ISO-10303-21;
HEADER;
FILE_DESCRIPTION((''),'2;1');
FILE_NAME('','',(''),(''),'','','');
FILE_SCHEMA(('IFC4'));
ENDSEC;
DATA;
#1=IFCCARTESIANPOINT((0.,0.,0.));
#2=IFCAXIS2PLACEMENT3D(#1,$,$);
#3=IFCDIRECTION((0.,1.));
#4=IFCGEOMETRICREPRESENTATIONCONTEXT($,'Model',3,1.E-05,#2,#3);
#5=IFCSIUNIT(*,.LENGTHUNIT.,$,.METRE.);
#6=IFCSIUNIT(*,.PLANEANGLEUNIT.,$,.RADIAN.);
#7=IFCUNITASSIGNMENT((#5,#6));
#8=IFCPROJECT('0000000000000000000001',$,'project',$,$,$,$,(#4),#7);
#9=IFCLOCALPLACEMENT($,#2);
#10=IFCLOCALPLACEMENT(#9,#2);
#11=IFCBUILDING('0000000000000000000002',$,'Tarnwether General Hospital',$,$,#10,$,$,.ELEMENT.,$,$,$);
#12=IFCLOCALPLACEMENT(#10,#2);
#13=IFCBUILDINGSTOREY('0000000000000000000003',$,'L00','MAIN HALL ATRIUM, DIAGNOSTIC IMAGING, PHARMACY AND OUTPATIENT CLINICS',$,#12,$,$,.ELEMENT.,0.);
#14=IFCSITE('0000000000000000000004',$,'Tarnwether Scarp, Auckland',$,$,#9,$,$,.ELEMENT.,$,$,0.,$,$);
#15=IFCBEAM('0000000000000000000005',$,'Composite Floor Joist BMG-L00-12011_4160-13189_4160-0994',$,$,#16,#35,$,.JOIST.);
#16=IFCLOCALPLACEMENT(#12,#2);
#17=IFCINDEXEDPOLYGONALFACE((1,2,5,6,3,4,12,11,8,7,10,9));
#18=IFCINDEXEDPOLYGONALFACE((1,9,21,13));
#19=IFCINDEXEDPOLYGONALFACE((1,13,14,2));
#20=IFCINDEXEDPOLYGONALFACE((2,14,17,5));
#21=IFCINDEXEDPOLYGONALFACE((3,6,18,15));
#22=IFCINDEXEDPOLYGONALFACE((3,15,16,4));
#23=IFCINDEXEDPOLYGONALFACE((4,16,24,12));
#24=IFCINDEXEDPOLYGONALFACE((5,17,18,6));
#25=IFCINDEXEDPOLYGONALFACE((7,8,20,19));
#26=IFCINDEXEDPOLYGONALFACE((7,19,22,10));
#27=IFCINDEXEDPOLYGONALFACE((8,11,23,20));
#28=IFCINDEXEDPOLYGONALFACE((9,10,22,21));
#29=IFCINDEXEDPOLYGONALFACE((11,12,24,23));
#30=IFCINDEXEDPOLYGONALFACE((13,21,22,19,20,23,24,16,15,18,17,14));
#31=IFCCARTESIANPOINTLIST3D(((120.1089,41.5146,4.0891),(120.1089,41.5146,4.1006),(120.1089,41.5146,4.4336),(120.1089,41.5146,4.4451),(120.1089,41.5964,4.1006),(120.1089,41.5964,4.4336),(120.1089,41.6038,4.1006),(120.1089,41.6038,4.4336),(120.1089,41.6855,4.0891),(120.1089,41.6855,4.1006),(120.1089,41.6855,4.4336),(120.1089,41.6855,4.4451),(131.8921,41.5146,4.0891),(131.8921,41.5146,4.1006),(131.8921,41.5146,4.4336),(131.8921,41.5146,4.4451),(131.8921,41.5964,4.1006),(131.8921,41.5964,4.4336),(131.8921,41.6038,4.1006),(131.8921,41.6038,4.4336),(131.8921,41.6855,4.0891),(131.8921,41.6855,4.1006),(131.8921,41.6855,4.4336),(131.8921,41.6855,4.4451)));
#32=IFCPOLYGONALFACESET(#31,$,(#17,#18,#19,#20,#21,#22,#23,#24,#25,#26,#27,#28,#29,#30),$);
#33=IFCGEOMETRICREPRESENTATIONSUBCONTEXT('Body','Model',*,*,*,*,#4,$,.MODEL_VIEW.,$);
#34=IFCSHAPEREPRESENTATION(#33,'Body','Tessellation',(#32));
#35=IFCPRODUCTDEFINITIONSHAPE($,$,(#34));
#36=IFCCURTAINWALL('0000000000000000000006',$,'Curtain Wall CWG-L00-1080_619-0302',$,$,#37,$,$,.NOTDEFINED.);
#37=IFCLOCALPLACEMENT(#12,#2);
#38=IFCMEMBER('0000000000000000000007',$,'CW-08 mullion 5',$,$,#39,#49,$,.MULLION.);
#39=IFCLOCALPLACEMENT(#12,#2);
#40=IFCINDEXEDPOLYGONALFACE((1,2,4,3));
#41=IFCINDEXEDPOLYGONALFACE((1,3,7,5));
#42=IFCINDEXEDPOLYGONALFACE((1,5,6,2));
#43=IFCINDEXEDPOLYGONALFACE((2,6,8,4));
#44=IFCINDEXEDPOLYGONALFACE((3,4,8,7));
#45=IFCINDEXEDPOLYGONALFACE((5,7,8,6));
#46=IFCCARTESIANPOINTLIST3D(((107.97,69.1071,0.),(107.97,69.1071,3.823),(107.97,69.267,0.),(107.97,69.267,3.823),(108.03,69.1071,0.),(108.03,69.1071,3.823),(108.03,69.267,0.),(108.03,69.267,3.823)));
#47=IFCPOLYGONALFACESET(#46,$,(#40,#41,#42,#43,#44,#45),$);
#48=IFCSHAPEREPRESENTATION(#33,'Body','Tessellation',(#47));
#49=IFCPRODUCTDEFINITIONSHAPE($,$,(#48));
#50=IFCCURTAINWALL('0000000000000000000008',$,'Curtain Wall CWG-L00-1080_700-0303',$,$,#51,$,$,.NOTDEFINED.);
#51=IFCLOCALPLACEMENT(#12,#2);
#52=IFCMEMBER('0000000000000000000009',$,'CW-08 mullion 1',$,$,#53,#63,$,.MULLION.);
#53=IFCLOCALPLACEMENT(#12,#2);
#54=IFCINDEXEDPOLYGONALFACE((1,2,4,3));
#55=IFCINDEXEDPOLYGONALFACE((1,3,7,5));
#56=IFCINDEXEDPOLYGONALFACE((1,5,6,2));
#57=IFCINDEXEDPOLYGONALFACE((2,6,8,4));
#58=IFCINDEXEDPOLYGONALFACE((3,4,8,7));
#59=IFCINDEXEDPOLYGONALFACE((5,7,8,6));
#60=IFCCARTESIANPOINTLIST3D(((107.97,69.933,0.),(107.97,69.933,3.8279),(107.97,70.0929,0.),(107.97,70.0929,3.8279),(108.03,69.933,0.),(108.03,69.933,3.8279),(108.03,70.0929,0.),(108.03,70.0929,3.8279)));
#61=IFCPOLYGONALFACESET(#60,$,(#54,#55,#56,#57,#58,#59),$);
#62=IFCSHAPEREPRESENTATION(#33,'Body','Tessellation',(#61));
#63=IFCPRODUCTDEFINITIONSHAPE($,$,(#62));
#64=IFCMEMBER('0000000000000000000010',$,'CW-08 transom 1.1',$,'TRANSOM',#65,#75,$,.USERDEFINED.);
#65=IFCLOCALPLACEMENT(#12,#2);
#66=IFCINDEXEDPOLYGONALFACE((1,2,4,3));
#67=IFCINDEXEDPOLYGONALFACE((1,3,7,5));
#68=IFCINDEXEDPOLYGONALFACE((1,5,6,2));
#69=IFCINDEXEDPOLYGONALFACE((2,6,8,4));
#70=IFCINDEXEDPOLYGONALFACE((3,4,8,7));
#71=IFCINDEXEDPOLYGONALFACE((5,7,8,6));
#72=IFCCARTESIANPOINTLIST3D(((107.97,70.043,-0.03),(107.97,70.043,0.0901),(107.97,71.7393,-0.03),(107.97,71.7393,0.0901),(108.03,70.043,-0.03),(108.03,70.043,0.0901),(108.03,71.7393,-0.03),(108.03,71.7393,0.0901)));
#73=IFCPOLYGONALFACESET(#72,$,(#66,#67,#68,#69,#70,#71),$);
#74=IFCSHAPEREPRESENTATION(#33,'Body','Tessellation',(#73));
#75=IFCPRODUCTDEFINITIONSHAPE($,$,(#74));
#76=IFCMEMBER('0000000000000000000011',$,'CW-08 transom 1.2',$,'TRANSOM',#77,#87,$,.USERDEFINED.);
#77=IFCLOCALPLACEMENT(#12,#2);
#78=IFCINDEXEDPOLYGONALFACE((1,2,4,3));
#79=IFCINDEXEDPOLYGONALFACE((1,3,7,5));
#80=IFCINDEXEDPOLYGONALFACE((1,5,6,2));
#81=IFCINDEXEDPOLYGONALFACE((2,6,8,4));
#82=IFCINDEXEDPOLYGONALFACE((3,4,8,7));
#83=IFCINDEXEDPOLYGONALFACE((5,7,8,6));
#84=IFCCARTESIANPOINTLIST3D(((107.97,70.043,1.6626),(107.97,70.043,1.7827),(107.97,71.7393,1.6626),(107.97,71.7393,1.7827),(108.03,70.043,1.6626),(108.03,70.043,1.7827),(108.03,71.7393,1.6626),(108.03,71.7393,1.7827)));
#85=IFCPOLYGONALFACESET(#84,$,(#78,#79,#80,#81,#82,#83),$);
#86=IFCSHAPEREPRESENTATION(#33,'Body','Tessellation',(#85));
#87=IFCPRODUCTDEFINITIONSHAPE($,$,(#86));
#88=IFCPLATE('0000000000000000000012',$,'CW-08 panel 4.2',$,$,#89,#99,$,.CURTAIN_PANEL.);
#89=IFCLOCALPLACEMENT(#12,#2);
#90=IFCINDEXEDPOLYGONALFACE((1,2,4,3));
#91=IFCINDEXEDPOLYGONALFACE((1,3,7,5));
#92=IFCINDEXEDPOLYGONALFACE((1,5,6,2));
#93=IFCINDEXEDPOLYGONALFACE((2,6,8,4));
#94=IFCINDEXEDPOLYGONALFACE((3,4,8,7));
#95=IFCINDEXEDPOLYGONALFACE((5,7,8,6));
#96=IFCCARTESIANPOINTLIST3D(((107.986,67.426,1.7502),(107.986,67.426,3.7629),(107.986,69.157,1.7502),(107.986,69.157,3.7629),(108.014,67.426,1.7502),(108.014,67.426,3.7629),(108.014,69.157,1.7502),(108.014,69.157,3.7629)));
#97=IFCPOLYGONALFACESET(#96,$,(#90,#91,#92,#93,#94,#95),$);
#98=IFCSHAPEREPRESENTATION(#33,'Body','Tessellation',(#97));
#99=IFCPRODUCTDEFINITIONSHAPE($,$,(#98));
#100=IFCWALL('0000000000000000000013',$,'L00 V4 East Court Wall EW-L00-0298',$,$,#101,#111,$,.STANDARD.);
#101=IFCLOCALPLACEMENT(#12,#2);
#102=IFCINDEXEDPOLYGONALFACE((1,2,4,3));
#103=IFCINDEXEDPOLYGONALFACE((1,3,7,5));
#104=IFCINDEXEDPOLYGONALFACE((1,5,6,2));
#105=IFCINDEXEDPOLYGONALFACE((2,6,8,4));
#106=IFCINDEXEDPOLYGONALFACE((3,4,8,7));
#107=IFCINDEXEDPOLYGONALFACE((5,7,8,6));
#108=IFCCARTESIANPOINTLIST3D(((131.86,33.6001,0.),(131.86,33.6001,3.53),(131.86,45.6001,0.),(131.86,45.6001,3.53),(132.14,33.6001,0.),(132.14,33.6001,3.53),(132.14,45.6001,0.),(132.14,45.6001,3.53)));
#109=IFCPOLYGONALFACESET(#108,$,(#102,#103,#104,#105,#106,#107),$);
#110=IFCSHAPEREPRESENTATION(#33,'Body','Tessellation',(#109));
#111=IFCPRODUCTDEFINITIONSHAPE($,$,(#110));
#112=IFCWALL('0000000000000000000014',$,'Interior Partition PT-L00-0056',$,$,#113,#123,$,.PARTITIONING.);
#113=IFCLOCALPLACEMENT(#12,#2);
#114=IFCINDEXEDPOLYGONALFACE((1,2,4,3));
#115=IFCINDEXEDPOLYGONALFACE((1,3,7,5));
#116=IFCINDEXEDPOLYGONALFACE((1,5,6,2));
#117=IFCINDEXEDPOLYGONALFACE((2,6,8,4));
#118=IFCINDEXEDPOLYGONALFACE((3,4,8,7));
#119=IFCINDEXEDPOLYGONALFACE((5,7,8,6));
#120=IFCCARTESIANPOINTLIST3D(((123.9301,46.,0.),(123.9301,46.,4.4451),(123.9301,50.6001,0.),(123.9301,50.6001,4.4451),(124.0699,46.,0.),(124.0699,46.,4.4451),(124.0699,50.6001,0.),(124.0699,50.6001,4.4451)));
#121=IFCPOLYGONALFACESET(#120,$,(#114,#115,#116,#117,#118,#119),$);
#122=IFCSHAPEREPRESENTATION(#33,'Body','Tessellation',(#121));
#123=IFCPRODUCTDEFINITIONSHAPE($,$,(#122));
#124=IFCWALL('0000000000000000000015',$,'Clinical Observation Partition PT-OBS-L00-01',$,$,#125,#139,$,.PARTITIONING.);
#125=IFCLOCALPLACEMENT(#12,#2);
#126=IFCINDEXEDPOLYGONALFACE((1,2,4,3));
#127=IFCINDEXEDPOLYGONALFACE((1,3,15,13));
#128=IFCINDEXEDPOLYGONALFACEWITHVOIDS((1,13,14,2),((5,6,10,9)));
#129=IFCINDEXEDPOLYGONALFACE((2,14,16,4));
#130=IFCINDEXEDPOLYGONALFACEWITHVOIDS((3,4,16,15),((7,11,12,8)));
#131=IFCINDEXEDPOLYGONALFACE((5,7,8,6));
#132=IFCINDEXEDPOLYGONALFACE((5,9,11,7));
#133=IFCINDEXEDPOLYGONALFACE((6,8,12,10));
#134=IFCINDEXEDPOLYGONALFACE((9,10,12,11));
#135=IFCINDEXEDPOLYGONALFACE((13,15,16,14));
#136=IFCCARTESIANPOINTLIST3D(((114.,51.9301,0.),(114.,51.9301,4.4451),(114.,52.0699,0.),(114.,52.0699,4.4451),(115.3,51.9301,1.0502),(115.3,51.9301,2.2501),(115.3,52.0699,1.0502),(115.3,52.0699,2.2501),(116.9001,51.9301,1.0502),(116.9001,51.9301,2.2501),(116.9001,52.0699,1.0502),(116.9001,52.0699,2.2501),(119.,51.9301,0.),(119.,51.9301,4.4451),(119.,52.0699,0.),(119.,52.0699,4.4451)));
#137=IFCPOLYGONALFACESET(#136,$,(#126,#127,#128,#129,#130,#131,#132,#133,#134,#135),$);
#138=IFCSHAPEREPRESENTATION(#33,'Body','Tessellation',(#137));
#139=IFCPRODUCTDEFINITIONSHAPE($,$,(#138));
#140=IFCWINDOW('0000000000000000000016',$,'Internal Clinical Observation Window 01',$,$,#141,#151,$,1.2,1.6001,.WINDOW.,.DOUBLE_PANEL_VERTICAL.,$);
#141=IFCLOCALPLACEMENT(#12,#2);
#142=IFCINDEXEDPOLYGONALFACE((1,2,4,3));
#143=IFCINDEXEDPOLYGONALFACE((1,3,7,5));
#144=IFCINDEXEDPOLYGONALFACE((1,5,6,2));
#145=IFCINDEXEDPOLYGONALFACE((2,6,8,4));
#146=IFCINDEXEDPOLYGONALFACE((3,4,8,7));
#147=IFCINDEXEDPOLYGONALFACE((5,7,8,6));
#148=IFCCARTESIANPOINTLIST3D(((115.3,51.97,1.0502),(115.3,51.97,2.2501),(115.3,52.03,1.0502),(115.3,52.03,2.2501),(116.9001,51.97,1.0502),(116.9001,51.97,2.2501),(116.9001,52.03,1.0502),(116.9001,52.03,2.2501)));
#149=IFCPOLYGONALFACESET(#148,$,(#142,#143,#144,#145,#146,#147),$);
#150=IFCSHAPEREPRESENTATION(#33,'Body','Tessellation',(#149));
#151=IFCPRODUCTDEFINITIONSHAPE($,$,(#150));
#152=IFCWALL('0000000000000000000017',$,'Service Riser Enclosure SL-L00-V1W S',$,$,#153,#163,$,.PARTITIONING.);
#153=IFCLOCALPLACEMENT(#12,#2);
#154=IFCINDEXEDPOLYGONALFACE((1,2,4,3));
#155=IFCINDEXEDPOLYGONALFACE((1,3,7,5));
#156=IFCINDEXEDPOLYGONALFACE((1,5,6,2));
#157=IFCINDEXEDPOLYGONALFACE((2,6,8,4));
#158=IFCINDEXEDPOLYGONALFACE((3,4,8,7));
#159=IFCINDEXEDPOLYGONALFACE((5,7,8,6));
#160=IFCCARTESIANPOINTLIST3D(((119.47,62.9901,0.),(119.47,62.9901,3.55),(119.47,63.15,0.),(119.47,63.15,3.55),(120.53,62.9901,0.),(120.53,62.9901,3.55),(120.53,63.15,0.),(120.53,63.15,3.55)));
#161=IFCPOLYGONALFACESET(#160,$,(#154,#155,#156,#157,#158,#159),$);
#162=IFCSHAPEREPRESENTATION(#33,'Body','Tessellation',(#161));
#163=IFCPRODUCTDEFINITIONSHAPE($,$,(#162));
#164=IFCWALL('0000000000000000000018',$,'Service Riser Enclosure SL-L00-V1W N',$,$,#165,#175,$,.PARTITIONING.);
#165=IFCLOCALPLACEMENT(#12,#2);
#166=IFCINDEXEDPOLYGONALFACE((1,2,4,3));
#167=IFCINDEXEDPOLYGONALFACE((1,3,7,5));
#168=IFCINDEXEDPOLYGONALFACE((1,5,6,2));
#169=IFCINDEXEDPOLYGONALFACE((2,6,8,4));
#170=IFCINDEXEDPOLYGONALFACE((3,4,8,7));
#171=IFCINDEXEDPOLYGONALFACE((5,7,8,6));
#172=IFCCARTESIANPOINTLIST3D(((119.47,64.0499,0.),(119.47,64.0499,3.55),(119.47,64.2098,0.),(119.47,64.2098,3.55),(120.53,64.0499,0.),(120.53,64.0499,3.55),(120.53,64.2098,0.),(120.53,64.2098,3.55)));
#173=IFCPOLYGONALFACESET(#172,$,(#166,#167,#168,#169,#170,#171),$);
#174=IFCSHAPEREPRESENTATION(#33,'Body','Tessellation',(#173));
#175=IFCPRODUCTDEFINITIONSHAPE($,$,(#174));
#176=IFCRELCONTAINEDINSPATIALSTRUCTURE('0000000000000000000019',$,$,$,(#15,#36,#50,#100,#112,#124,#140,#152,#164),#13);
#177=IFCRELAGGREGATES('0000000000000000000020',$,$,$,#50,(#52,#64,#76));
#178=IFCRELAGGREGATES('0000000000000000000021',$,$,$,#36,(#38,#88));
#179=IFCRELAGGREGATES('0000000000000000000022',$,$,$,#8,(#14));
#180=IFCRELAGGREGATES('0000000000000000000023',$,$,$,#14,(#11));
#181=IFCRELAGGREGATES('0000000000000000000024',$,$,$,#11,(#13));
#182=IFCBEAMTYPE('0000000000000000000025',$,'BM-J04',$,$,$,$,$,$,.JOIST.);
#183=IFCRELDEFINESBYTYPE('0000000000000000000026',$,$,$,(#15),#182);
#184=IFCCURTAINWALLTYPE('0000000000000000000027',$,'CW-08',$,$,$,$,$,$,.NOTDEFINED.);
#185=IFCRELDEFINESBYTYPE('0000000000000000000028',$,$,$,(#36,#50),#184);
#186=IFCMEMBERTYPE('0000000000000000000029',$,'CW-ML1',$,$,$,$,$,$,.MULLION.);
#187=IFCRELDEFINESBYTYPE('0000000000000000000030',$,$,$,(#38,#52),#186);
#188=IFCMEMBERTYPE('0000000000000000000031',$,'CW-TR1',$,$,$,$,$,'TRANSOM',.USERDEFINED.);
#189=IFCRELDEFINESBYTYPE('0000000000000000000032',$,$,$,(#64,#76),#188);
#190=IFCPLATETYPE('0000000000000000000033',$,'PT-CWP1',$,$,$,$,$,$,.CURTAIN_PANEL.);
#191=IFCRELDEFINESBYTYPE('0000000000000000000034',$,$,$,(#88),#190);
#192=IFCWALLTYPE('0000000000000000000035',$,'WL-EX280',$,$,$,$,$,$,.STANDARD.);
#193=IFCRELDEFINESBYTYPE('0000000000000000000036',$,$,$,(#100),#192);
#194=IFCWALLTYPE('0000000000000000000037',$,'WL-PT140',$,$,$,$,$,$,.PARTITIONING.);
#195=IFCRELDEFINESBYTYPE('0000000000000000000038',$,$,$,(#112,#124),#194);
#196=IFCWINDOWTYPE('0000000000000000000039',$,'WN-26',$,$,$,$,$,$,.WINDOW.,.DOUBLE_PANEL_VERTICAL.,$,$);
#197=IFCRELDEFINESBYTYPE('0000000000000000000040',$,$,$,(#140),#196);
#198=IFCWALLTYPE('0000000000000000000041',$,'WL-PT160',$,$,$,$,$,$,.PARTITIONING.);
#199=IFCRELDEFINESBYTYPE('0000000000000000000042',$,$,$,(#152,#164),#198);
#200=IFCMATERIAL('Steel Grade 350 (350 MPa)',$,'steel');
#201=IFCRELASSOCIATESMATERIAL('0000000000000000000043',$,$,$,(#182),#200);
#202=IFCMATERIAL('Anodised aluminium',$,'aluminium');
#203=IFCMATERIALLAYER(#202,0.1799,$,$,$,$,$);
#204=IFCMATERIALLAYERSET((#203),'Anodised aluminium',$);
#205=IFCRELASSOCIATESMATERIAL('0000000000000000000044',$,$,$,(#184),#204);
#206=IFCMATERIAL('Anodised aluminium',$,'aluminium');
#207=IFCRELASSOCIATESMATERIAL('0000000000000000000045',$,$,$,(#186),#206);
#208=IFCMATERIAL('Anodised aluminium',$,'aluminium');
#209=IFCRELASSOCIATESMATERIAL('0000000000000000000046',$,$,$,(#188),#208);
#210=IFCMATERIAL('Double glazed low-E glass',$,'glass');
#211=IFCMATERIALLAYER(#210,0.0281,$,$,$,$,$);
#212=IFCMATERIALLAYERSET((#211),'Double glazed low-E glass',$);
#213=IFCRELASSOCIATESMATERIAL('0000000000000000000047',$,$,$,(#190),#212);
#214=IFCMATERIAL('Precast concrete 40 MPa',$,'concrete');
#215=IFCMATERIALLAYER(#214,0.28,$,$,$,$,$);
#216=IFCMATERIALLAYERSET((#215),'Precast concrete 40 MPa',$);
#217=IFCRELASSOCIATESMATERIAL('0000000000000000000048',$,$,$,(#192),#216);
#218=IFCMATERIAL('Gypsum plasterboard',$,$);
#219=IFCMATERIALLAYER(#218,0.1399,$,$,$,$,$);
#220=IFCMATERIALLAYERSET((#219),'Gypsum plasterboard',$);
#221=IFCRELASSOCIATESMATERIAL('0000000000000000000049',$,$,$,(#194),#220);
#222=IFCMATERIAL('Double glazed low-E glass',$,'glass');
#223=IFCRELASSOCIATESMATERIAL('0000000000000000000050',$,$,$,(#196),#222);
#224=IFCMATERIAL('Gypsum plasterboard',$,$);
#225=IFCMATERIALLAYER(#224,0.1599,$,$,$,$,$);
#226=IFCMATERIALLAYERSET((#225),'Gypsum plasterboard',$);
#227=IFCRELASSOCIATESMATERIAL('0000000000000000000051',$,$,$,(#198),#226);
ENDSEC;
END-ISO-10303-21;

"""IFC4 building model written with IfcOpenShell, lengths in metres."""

from ifc_helpers import new_model, si_unit, direction, frame, frame_2d, origin, origin_2d, place, context, subcontext, project, spatial, rectangle, i_section, extrude, material, layer, layer_set, material_profile, profile_set, type_object, element, fill, aggregate, save


model = new_model("IFC4")

# Units and contexts
model_context = context("Model", 3, precision=1e-05, world=origin(), true_north=direction((0.0, 1.0)))
body_context = subcontext(model_context, "Body", "Model", "MODEL_VIEW")
ifc_project = project(units=[si_unit("LENGTHUNIT", "METRE"), si_unit("PLANEANGLEUNIT", "RADIAN")], contexts=[model_context])

# Site, building, storey
site_placement = place(None, origin())
site = spatial("IfcSite", under=ifc_project, at=site_placement, Name="Tarnwether Scarp, Auckland", CompositionType="ELEMENT", RefElevation=0.0)
building_placement = place(site_placement, origin())
building = spatial("IfcBuilding", under=site, at=building_placement, Name="Tarnwether General Hospital", CompositionType="ELEMENT")
storey_placement = place(building_placement, origin())
storey = spatial("IfcBuildingStorey", under=building, at=storey_placement, Name="L00", Description="MAIN HALL ATRIUM, DIAGNOSTIC IMAGING, PHARMACY AND OUTPATIENT CLINICS", CompositionType="ELEMENT", Elevation=0.0)

# Beam
ifc_material_1 = material(Name="Steel Grade 350 (350 MPa)", Category="steel")
ifc_material_profile_1 = material_profile(ifc_material_1, i_section(OverallWidth=0.1709, OverallDepth=0.356, WebThickness=0.0073, FlangeThickness=0.0115, at=origin_2d()), Name="360UB50.7")
ifc_profile_set_1 = profile_set([ifc_material_profile_1], Name="Steel Grade 350 (350 MPa)")
beam_type_1 = type_object("IfcBeamType", Name="BM-J04", PredefinedType="JOIST", material=ifc_profile_set_1)
beam_1_placement = place(storey_placement, frame((120.1089, 41.6001, 4.2671), z_axis=(1.0, 0.0, 0.0), x_axis=(0.0, 1.0, 0.0)))
element("IfcBeam", 1, at=beam_1_placement, inside=storey, type_object=beam_type_1, Name="Composite Floor Joist BMG-L00-12011_4160-13189_4160-0994", PredefinedType="JOIST", context=body_context, shape_type="SweptSolid", body=[
    extrude(i_section(OverallWidth=0.1709, OverallDepth=0.356, WebThickness=0.0073, FlangeThickness=0.0115, at=origin_2d()), origin(), (0.0, 0.0, 1.0), 11.7832),
])

# Curtain wall, member
ifc_material_2 = material(Name="Anodised aluminium", Category="aluminium")
ifc_layer_1 = layer(ifc_material_2, 0.1799)
ifc_layer_set_1 = layer_set([ifc_layer_1], Name="Anodised aluminium")
curtain_wall_type = type_object("IfcCurtainWallType", Name="CW-08", PredefinedType="NOTDEFINED", material=ifc_layer_set_1)
curtain_wall_1_placement = place(storey_placement, origin())
curtain_wall_1 = element("IfcCurtainWall", 2, at=curtain_wall_1_placement, inside=storey, type_object=curtain_wall_type, Name="Curtain Wall CWG-L00-1080_619-0302", PredefinedType="NOTDEFINED")
ifc_material_3 = material(Name="Anodised aluminium", Category="aluminium")
ifc_material_profile_2 = material_profile(ifc_material_3, rectangle(XDim=0.0601, YDim=0.1599, at=origin_2d()), Name="ALU-MUL-60x160")
ifc_profile_set_2 = profile_set([ifc_material_profile_2], Name="Anodised aluminium")
member_type_1 = type_object("IfcMemberType", Name="CW-ML1", PredefinedType="MULLION", material=ifc_profile_set_2)
member_1_placement = place(storey_placement, frame((108.0, 69.187, 0.0), z_axis=(0.0, 0.0, 1.0), x_axis=(-1.0, 0.0, 0.0)))
member_1 = element("IfcMember", 3, at=member_1_placement, type_object=member_type_1, Name="CW-08 mullion 5", PredefinedType="MULLION", context=body_context, shape_type="SweptSolid", body=[
    extrude(rectangle(XDim=0.0601, YDim=0.1599, at=origin_2d()), origin(), (0.0, 0.0, 1.0), 3.823),
])

# Curtain wall, members
curtain_wall_2_placement = place(storey_placement, origin())
curtain_wall_2 = element("IfcCurtainWall", 4, at=curtain_wall_2_placement, inside=storey, type_object=curtain_wall_type, Name="Curtain Wall CWG-L00-1080_700-0303", PredefinedType="NOTDEFINED")
member_2_placement = place(storey_placement, frame((108.0, 70.0129, 0.0), z_axis=(0.0, 0.0, 1.0), x_axis=(-1.0, 0.0, 0.0)))
member_2 = element("IfcMember", 5, at=member_2_placement, type_object=member_type_1, Name="CW-08 mullion 1", PredefinedType="MULLION", context=body_context, shape_type="SweptSolid", body=[
    extrude(rectangle(XDim=0.0601, YDim=0.1599, at=origin_2d()), origin(), (0.0, 0.0, 1.0), 3.8279),
])
ifc_material_4 = material(Name="Anodised aluminium", Category="aluminium")
ifc_material_profile_3 = material_profile(ifc_material_4, rectangle(XDim=0.0601, YDim=0.1201, at=origin_2d()), Name="ALU-TRN-60x120")
ifc_profile_set_3 = profile_set([ifc_material_profile_3], Name="Anodised aluminium")
member_type_2 = type_object("IfcMemberType", Name="CW-TR1", ElementType="TRANSOM", PredefinedType="USERDEFINED", material=ifc_profile_set_3)
member_3_placement = place(storey_placement, frame((108.0, 70.043, 0.03), z_axis=(0.0, 1.0, 0.0), x_axis=(-1.0, 0.0, 0.0)))
member_3 = element("IfcMember", 6, at=member_3_placement, type_object=member_type_2, Name="CW-08 transom 1.1", ObjectType="TRANSOM", PredefinedType="USERDEFINED", context=body_context, shape_type="SweptSolid", body=[
    extrude(rectangle(XDim=0.0601, YDim=0.1201, at=origin_2d()), origin(), (0.0, 0.0, 1.0), 1.6963),
])
member_4_placement = place(storey_placement, frame((108.0, 70.043, 1.7227), z_axis=(0.0, 1.0, 0.0), x_axis=(-1.0, 0.0, 0.0)))
member_4 = element("IfcMember", 7, at=member_4_placement, type_object=member_type_2, Name="CW-08 transom 1.2", ObjectType="TRANSOM", PredefinedType="USERDEFINED", context=body_context, shape_type="SweptSolid", body=[
    extrude(rectangle(XDim=0.0601, YDim=0.1201, at=origin_2d()), origin(), (0.0, 0.0, 1.0), 1.6963),
])
aggregate(curtain_wall_2, [member_2, member_3, member_4])

# Plate
ifc_material_5 = material(Name="Double glazed low-E glass", Category="glass")
ifc_layer_2 = layer(ifc_material_5, 0.0281)
ifc_layer_set_2 = layer_set([ifc_layer_2], Name="Double glazed low-E glass")
plate_type = type_object("IfcPlateType", Name="PT-CWP1", PredefinedType="CURTAIN_PANEL", material=ifc_layer_set_2)
plate_placement = place(storey_placement, frame((108.0, 68.2915, 1.7502), z_axis=(0.0, 0.0, 1.0), x_axis=(0.0, 1.0, 0.0)))
plate = element("IfcPlate", 8, at=plate_placement, type_object=plate_type, Name="CW-08 panel 4.2", PredefinedType="CURTAIN_PANEL", context=body_context, shape_type="SweptSolid", body=[
    extrude(rectangle(XDim=1.731, YDim=0.0281, at=origin_2d()), origin(), (0.0, 0.0, 1.0), 2.0127),
])
aggregate(curtain_wall_1, [member_1, plate])

# Walls
ifc_material_6 = material(Name="Precast concrete 40 MPa", Category="concrete")
ifc_layer_3 = layer(ifc_material_6, 0.28)
ifc_layer_set_3 = layer_set([ifc_layer_3], Name="Precast concrete 40 MPa")
wall_type_1 = type_object("IfcWallType", Name="WL-EX280", PredefinedType="STANDARD", material=ifc_layer_set_3)
wall_1_placement = place(storey_placement, frame((132.0, 45.6001, 0.0), z_axis=(0.0, 0.0, 1.0), x_axis=(0.0, -1.0, 0.0)))
element("IfcWall", 9, at=wall_1_placement, inside=storey, type_object=wall_type_1, Name="L00 V4 East Court Wall EW-L00-0298", PredefinedType="STANDARD", context=body_context, shape_type="SweptSolid", body=[
    extrude(rectangle(XDim=12.0, YDim=0.28, at=frame_2d((6.0, 0.0))), origin(), (0.0, 0.0, 1.0), 3.53),
])
ifc_material_7 = material(Name="Gypsum plasterboard")
ifc_layer_4 = layer(ifc_material_7, 0.1399)
ifc_layer_set_4 = layer_set([ifc_layer_4], Name="Gypsum plasterboard")
wall_type_2 = type_object("IfcWallType", Name="WL-PT140", PredefinedType="PARTITIONING", material=ifc_layer_set_4)
wall_2_placement = place(storey_placement, frame((124.0, 46.0, 0.0), z_axis=(0.0, 0.0, 1.0), x_axis=(0.0, 1.0, 0.0)))
element("IfcWall", 10, at=wall_2_placement, inside=storey, type_object=wall_type_2, Name="Interior Partition PT-L00-0056", PredefinedType="PARTITIONING", context=body_context, shape_type="SweptSolid", body=[
    extrude(rectangle(XDim=4.6001, YDim=0.1399, at=frame_2d((2.3, 0.0))), origin(), (0.0, 0.0, 1.0), 4.4451),
])

# Wall, opening, window
wall_3_placement = place(storey_placement, frame((114.0, 52.0, 0.0), z_axis=(0.0, 0.0, 1.0), x_axis=(1.0, 0.0, 0.0)))
wall_3 = element("IfcWall", 11, at=wall_3_placement, inside=storey, type_object=wall_type_2, Name="Clinical Observation Partition PT-OBS-L00-01", PredefinedType="PARTITIONING", context=body_context, shape_type="SweptSolid", body=[
    extrude(rectangle(XDim=5.0, YDim=0.1399, at=frame_2d((2.5, 0.0))), origin(), (0.0, 0.0, 1.0), 4.4451),
])
opening_1_placement = place(wall_3_placement, frame((1.3, 0.0, 1.05)))
opening_1 = element("IfcOpeningElement", 12, at=opening_1_placement, cuts=wall_3, PredefinedType="OPENING", context=body_context, shape_type="SweptSolid", body=[
    extrude(rectangle(XDim=1.6001, YDim=1.2, at=frame_2d((0.8, 0.6001))), frame((0.0, 0.0801, 0.0), z_axis=(0.0, -1.0, 0.0), x_axis=(1.0, 0.0, 0.0)), (0.0, 0.0, 1.0), 0.1599),
])
ifc_material_8 = material(Name="Double glazed low-E glass", Category="glass")
window_type = type_object("IfcWindowType", Name="WN-26", PartitioningType="DOUBLE_PANEL_VERTICAL", PredefinedType="WINDOW", material=ifc_material_8)
window_placement = place(opening_1_placement, origin())
window = element("IfcWindow", 13, at=window_placement, inside=storey, type_object=window_type, Name="Internal Clinical Observation Window 01", OverallHeight=1.2, OverallWidth=1.6001, PartitioningType="DOUBLE_PANEL_VERTICAL", PredefinedType="WINDOW", context=body_context, shape_type="SweptSolid", body=[
    extrude(rectangle(XDim=1.6001, YDim=1.2, at=frame_2d((0.8, 0.6001))), frame((0.0, 0.03, 0.0), z_axis=(0.0, -1.0, 0.0), x_axis=(1.0, 0.0, 0.0)), (0.0, 0.0, 1.0), 0.0601),
])
fill(opening_1, window)

# Walls
ifc_material_9 = material(Name="Gypsum plasterboard")
ifc_layer_5 = layer(ifc_material_9, 0.1599)
ifc_layer_set_5 = layer_set([ifc_layer_5], Name="Gypsum plasterboard")
wall_type_3 = type_object("IfcWallType", Name="WL-PT160", PredefinedType="PARTITIONING", material=ifc_layer_set_5)
for number, where, z_axis, x_axis, name in (
    (14, (119.47, 63.0701, 0.0), (0.0, 0.0, 1.0), (1.0, 0.0, 0.0), "Service Riser Enclosure SL-L00-V1W S"),
    (15, (120.53, 64.1299, 0.0), (0.0, 0.0, 1.0), (-1.0, 0.0, 0.0), "Service Riser Enclosure SL-L00-V1W N"),
):
    element("IfcWall", number, at=place(storey_placement, frame(where, z_axis=z_axis, x_axis=x_axis)), inside=storey, type_object=wall_type_3, Name=name, PredefinedType="PARTITIONING", context=body_context, shape_type="SweptSolid", body=[
        extrude(rectangle(XDim=1.0601, YDim=0.1599, at=frame_2d((0.53, 0.0))), origin(), (0.0, 0.0, 1.0), 3.55),
    ])

save(model, "model.ifc")
